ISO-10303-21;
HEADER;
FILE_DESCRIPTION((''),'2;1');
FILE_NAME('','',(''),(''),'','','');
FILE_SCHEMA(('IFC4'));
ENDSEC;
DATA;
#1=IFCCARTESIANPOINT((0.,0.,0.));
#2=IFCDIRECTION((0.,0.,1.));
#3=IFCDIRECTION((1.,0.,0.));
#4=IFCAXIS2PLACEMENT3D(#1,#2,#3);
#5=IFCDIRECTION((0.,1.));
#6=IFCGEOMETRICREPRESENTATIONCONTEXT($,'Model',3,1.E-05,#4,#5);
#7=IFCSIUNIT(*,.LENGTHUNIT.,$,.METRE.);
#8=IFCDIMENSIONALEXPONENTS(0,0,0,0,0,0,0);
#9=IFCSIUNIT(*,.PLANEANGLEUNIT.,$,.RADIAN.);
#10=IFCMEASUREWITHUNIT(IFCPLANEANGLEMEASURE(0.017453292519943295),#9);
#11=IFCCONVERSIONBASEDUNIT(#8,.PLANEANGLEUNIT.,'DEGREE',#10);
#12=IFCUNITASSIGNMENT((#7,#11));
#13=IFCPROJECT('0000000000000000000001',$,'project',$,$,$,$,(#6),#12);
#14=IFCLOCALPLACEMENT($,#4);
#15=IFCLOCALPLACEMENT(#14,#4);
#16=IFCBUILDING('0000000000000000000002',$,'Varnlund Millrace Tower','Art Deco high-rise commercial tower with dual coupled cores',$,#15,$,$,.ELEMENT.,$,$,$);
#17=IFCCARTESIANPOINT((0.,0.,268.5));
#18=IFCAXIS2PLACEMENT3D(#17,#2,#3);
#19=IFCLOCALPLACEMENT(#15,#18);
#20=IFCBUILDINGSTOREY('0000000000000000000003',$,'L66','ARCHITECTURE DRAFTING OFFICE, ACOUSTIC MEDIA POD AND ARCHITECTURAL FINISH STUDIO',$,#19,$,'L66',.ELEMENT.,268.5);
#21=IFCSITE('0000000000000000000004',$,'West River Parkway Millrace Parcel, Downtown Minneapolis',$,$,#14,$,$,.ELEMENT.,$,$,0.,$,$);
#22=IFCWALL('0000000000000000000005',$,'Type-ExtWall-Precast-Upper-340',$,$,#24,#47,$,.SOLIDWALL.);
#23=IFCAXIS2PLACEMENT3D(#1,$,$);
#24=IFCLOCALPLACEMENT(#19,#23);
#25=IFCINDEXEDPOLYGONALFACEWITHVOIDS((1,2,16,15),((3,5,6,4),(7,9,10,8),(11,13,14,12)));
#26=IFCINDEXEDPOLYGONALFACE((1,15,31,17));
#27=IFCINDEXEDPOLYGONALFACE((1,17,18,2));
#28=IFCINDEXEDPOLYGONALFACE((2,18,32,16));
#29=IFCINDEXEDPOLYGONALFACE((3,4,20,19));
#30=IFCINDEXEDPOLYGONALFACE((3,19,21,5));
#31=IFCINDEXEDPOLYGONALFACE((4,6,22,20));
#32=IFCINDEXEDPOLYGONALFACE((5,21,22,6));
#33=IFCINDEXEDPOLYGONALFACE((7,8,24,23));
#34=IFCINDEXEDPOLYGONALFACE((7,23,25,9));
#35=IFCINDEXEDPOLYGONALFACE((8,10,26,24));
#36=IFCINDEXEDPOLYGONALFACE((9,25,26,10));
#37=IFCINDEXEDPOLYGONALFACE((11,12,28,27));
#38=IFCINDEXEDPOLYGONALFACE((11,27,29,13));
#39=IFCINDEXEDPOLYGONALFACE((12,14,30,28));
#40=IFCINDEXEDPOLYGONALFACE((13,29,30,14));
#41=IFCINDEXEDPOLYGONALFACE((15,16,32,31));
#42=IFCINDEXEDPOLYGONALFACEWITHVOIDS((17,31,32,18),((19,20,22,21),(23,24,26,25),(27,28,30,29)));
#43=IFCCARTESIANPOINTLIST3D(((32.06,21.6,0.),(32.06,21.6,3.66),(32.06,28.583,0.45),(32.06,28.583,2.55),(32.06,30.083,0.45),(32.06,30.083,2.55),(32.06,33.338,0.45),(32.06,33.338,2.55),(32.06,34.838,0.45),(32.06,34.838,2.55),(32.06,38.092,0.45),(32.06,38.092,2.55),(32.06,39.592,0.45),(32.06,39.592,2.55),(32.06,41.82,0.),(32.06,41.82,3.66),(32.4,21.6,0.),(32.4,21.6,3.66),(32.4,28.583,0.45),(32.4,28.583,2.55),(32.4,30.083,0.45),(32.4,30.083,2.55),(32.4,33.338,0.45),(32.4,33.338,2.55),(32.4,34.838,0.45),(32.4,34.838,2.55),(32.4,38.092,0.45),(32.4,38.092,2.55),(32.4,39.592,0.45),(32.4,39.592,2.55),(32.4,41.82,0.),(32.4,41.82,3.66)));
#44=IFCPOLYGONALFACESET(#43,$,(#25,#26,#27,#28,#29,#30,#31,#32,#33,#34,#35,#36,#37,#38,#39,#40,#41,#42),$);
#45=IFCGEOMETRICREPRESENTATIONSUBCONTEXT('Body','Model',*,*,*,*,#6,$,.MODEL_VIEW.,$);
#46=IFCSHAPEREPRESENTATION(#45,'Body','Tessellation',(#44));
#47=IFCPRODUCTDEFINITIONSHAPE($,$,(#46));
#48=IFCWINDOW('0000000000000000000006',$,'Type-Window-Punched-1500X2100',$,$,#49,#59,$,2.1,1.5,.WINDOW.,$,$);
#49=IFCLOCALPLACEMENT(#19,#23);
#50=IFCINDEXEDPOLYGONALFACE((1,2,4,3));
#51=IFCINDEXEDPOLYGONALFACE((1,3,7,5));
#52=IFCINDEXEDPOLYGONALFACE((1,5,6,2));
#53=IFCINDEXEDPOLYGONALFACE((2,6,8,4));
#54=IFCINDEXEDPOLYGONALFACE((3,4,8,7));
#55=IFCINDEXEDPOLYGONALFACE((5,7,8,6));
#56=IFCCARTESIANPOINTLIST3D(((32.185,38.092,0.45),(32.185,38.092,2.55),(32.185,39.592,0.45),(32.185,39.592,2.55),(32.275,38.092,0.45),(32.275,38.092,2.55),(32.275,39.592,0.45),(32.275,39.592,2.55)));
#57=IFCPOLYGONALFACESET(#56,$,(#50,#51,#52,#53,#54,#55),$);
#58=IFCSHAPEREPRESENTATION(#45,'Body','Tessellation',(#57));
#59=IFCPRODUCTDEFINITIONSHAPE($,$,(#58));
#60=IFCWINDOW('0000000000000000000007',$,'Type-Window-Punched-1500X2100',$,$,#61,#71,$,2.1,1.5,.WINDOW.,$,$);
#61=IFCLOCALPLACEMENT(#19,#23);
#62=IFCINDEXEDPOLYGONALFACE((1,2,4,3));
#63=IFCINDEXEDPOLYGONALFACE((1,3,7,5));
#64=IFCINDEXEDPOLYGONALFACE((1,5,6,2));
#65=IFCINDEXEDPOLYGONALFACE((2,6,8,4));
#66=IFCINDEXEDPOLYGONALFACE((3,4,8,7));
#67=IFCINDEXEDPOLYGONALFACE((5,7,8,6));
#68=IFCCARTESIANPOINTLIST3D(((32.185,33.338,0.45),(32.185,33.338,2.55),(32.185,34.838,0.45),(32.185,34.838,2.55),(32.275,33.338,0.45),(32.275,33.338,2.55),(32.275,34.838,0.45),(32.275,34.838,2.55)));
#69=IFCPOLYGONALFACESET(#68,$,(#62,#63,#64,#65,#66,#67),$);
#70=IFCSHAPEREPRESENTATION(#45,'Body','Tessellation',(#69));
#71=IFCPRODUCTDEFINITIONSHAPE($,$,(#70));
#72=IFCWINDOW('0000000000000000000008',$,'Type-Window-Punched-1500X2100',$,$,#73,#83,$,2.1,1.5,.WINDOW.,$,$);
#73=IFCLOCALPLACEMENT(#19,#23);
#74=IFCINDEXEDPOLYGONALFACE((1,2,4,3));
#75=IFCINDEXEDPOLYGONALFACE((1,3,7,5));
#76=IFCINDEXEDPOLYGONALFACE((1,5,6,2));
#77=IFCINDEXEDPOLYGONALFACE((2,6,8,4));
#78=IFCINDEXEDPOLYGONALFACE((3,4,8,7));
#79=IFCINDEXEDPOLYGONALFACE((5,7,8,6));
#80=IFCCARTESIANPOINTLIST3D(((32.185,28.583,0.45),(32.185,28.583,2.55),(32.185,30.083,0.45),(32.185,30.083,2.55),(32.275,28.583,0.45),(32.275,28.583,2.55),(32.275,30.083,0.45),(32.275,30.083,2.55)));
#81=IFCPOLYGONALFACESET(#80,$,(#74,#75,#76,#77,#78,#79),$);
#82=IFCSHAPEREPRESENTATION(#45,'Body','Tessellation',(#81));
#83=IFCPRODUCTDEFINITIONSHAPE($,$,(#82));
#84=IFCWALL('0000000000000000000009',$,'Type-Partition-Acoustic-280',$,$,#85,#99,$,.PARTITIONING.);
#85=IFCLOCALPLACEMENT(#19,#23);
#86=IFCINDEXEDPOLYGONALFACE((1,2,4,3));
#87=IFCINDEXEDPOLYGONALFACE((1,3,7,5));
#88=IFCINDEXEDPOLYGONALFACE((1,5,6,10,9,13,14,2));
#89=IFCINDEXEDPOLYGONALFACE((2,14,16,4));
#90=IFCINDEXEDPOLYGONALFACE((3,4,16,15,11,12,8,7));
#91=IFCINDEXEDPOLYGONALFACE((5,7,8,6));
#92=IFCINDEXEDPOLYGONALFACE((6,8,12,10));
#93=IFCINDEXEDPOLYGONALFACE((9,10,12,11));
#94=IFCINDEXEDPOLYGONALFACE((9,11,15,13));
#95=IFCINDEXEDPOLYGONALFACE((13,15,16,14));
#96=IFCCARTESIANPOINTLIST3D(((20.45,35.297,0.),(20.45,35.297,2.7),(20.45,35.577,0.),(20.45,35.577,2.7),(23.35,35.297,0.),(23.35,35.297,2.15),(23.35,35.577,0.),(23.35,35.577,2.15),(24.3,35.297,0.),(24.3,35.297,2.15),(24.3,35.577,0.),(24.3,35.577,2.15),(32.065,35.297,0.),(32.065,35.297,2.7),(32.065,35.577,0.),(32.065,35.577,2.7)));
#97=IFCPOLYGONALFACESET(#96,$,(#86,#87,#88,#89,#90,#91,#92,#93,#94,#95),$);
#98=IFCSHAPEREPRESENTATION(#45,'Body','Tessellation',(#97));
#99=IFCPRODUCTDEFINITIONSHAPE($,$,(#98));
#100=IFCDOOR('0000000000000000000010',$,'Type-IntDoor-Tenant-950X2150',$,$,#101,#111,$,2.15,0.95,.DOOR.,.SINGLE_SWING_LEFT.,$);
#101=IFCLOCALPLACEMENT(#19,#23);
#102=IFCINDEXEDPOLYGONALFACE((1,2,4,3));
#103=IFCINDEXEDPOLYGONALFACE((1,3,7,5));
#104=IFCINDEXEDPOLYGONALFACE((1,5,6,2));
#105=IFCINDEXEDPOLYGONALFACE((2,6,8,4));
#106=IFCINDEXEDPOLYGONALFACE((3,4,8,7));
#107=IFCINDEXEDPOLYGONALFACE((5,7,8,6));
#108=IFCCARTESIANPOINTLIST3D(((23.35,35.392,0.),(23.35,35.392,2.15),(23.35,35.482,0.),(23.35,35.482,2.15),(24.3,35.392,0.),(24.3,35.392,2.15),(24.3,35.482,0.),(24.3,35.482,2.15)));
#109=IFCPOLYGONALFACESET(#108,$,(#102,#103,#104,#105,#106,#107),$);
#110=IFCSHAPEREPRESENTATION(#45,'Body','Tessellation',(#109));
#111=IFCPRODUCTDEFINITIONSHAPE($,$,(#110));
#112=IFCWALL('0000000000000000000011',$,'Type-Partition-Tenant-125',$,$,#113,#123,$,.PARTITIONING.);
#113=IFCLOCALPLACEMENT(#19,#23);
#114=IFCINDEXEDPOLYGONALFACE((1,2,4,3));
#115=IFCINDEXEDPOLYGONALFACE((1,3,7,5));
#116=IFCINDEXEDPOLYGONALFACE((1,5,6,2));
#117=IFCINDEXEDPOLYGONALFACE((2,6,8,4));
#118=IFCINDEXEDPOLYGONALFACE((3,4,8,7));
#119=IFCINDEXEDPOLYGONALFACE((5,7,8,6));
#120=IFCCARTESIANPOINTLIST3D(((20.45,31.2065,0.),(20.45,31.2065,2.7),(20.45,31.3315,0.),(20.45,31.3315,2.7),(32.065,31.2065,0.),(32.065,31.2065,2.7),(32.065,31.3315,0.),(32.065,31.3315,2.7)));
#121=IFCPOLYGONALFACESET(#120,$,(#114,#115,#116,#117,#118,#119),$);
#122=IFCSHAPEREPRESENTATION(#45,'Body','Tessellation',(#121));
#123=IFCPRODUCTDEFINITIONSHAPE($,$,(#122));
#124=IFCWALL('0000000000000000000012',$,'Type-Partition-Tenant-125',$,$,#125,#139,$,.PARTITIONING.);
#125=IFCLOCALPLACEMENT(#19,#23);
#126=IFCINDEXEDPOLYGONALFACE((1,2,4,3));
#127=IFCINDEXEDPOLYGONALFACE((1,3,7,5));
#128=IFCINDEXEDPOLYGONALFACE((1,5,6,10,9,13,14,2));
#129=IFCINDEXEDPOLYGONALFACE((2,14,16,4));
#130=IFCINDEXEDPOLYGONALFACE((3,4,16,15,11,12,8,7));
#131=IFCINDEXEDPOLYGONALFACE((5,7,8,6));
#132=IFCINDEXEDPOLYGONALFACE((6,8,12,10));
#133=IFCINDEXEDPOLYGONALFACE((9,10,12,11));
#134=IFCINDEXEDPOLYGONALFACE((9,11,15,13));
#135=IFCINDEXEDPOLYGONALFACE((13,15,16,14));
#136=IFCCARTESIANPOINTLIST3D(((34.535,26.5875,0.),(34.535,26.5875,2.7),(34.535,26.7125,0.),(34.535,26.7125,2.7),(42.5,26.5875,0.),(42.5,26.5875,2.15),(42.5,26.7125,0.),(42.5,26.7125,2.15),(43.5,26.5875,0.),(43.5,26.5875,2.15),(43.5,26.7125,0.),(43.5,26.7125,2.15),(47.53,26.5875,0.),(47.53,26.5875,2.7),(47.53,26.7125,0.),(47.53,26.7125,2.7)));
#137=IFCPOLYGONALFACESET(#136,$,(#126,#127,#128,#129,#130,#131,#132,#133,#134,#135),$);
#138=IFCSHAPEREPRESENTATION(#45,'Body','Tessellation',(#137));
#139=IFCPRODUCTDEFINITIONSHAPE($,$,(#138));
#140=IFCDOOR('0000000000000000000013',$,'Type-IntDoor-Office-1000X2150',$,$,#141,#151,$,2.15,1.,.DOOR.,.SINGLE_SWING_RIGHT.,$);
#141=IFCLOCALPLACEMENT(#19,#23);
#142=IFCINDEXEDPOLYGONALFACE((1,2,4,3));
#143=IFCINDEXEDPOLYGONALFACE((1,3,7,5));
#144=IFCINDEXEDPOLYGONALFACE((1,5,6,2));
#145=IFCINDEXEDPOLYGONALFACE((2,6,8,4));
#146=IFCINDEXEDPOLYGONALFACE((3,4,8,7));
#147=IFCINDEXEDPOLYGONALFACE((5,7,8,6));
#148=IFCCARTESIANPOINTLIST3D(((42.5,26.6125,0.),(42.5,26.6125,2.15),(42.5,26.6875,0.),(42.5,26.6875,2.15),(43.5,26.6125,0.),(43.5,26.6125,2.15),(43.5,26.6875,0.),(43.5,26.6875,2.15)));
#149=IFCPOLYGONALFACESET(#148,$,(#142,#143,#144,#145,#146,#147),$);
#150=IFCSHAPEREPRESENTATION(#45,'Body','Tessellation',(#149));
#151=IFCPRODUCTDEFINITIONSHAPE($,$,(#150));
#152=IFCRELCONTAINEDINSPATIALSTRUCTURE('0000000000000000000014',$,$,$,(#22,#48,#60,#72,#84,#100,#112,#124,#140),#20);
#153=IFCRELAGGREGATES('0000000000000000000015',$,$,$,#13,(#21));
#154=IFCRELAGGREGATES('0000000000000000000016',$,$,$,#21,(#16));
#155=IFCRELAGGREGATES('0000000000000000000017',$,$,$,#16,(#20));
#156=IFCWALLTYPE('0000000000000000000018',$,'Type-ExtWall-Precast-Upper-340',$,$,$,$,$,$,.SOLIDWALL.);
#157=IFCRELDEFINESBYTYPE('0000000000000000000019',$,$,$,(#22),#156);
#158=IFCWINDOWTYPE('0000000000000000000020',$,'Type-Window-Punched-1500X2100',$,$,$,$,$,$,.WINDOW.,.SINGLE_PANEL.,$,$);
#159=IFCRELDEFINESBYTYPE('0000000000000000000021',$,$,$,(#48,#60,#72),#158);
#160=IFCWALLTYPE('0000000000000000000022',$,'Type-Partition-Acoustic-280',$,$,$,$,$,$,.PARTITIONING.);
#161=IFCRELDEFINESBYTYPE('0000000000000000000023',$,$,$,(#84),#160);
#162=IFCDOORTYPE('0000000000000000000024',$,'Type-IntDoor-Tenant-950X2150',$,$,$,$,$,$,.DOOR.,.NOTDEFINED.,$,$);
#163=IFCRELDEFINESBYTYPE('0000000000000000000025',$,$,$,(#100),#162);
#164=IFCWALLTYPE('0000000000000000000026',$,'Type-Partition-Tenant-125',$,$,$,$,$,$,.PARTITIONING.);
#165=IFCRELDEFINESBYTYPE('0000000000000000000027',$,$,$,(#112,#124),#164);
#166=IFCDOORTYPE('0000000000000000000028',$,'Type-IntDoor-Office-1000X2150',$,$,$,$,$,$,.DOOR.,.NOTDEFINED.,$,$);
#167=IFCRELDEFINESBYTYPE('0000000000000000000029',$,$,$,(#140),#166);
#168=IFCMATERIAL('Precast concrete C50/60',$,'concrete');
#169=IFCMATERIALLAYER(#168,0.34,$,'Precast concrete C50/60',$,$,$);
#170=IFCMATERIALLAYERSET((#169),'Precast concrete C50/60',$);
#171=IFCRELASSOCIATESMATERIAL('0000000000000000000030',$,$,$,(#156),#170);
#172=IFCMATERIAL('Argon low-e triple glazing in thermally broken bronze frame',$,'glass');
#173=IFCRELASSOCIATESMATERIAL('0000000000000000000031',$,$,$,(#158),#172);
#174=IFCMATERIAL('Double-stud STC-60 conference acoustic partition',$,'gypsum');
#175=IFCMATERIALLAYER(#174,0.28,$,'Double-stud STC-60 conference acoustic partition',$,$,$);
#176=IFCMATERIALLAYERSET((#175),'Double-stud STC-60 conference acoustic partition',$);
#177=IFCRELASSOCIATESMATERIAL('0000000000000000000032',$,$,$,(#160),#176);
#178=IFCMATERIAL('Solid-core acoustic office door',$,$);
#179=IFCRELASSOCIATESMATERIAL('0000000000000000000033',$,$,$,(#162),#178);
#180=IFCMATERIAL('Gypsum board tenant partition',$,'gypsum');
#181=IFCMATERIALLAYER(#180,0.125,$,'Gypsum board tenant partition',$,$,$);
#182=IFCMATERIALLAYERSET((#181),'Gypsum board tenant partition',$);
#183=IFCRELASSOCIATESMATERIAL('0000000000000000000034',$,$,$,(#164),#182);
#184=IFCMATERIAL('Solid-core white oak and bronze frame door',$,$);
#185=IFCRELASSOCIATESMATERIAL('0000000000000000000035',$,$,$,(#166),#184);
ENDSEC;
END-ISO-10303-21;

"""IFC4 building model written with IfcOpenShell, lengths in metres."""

from ifc_helpers import new_model, entity, si_unit, converted_unit, direction, frame, origin_with_axes, origin_2d_with_axis, place, context, subcontext, project, spatial, polyline, rectangle, outline, extrude, material, layer, layer_set, type_object, element, fill, save


model = new_model("IFC4")

# Units and contexts
model_context = context("Model", 3, precision=1e-05, world=origin_with_axes(), true_north=direction((0.0, 1.0)))
body_context = subcontext(model_context, "Body", "Model", "MODEL_VIEW")
ifc_project = project(units=[si_unit("LENGTHUNIT", "METRE"), converted_unit("PLANEANGLEUNIT", "DEGREE", entity("IfcPlaneAngleMeasure", 0.017453292519943295), si_unit("PLANEANGLEUNIT", "RADIAN"), dimensions=[0, 0, 0, 0, 0, 0, 0])], contexts=[model_context])

# Site, building, storey
site_placement = place(None, origin_with_axes())
site = spatial("IfcSite", under=ifc_project, at=site_placement, Name="West River Parkway Millrace Parcel, Downtown Minneapolis", CompositionType="ELEMENT", RefElevation=0.0)
building_placement = place(site_placement, origin_with_axes())
building = spatial("IfcBuilding", under=site, at=building_placement, Name="Varnlund Millrace Tower", Description="Art Deco high-rise commercial tower with dual coupled cores", CompositionType="ELEMENT")
storey_placement = place(building_placement, frame((0.0, 0.0, 268.5), z_axis=(0.0, 0.0, 1.0), x_axis=(1.0, 0.0, 0.0)))
storey = spatial("IfcBuildingStorey", under=building, at=storey_placement, Name="L66", Description="ARCHITECTURE DRAFTING OFFICE, ACOUSTIC MEDIA POD AND ARCHITECTURAL FINISH STUDIO", LongName="L66", CompositionType="ELEMENT", Elevation=268.5)

# Shared definitions
ifc_material_1 = material(Name="Precast concrete C50/60", Category="concrete")
ifc_layer_1 = layer(ifc_material_1, 0.34, Name="Precast concrete C50/60")
ifc_layer_set_1 = layer_set([ifc_layer_1], Name="Precast concrete C50/60")
wall_type_1 = type_object("IfcWallType", Name="Type-ExtWall-Precast-Upper-340", PredefinedType="SOLIDWALL", material=ifc_layer_set_1)
ifc_material_2 = material(Name="Argon low-e triple glazing in thermally broken bronze frame", Category="glass")
window_type = type_object("IfcWindowType", Name="Type-Window-Punched-1500X2100", PartitioningType="SINGLE_PANEL", PredefinedType="WINDOW", material=ifc_material_2)

# Wall, openings, windows
wall_1_placement = place(storey_placement, frame((32.23, 41.82, 0.0), z_axis=(0.0, 0.0, 1.0), x_axis=(0.0, -1.0, 0.0)))
wall_1 = element("IfcWall", 1, at=wall_1_placement, inside=storey, type_object=wall_type_1, Name="Type-ExtWall-Precast-Upper-340", PredefinedType="SOLIDWALL", context=body_context, shape_type="SweptSolid", body=[
    extrude(outline(polyline([(0.0, -0.17), (20.22, -0.17), (20.22, 0.17), (0.0, 0.17), (0.0, -0.17)])), origin_with_axes(), (0.0, 0.0, 1.0), 3.66),
])
opening_1_placement = place(wall_1_placement, frame((2.978, 0.0, 0.45), z_axis=(0.0, 0.0, 1.0), x_axis=(1.0, 0.0, 0.0)))
opening_1 = element("IfcOpeningElement", 2, at=opening_1_placement, cuts=wall_1, PredefinedType="OPENING", context=body_context, shape_type="SweptSolid", body=[
    extrude(rectangle(XDim=1.5, YDim=0.36, at=origin_2d_with_axis()), origin_with_axes(), (0.0, 0.0, 1.0), 2.1),
])
opening_2_placement = place(wall_1_placement, frame((7.732, 0.0, 0.45), z_axis=(0.0, 0.0, 1.0), x_axis=(1.0, 0.0, 0.0)))
opening_2 = element("IfcOpeningElement", 3, at=opening_2_placement, cuts=wall_1, PredefinedType="OPENING", context=body_context, shape_type="SweptSolid", body=[
    extrude(rectangle(XDim=1.5, YDim=0.36, at=origin_2d_with_axis()), origin_with_axes(), (0.0, 0.0, 1.0), 2.1),
])
opening_3_placement = place(wall_1_placement, frame((12.487, 0.0, 0.45), z_axis=(0.0, 0.0, 1.0), x_axis=(1.0, 0.0, 0.0)))
opening_3 = element("IfcOpeningElement", 4, at=opening_3_placement, cuts=wall_1, PredefinedType="OPENING", context=body_context, shape_type="SweptSolid", body=[
    extrude(rectangle(XDim=1.5, YDim=0.36, at=origin_2d_with_axis()), origin_with_axes(), (0.0, 0.0, 1.0), 2.1),
])
window_1_placement = place(wall_1_placement, frame((2.978, 0.0, 0.45), z_axis=(0.0, 0.0, 1.0), x_axis=(1.0, 0.0, 0.0)))
window_1 = element("IfcWindow", 5, at=window_1_placement, inside=storey, type_object=window_type, Name="Type-Window-Punched-1500X2100", OverallHeight=2.1, OverallWidth=1.5, PredefinedType="WINDOW", context=body_context, shape_type="SweptSolid", body=[
    extrude(rectangle(XDim=1.5, YDim=0.09, at=origin_2d_with_axis()), origin_with_axes(), (0.0, 0.0, 1.0), 2.1),
])
fill(opening_1, window_1)
window_2_placement = place(wall_1_placement, frame((7.732, 0.0, 0.45), z_axis=(0.0, 0.0, 1.0), x_axis=(1.0, 0.0, 0.0)))
window_2 = element("IfcWindow", 6, at=window_2_placement, inside=storey, type_object=window_type, Name="Type-Window-Punched-1500X2100", OverallHeight=2.1, OverallWidth=1.5, PredefinedType="WINDOW", context=body_context, shape_type="SweptSolid", body=[
    extrude(rectangle(XDim=1.5, YDim=0.09, at=origin_2d_with_axis()), origin_with_axes(), (0.0, 0.0, 1.0), 2.1),
])
fill(opening_2, window_2)
window_3_placement = place(wall_1_placement, frame((12.487, 0.0, 0.45), z_axis=(0.0, 0.0, 1.0), x_axis=(1.0, 0.0, 0.0)))
window_3 = element("IfcWindow", 7, at=window_3_placement, inside=storey, type_object=window_type, Name="Type-Window-Punched-1500X2100", OverallHeight=2.1, OverallWidth=1.5, PredefinedType="WINDOW", context=body_context, shape_type="SweptSolid", body=[
    extrude(rectangle(XDim=1.5, YDim=0.09, at=origin_2d_with_axis()), origin_with_axes(), (0.0, 0.0, 1.0), 2.1),
])
fill(opening_3, window_3)

# Wall, opening, door
ifc_material_3 = material(Name="Double-stud STC-60 conference acoustic partition", Category="gypsum")
ifc_layer_2 = layer(ifc_material_3, 0.28, Name="Double-stud STC-60 conference acoustic partition")
ifc_layer_set_2 = layer_set([ifc_layer_2], Name="Double-stud STC-60 conference acoustic partition")
wall_type_2 = type_object("IfcWallType", Name="Type-Partition-Acoustic-280", PredefinedType="PARTITIONING", material=ifc_layer_set_2)
wall_2_placement = place(storey_placement, frame((20.45, 35.437, 0.0), z_axis=(0.0, 0.0, 1.0), x_axis=(1.0, 0.0, 0.0)))
wall_2 = element("IfcWall", 8, at=wall_2_placement, inside=storey, type_object=wall_type_2, Name="Type-Partition-Acoustic-280", PredefinedType="PARTITIONING", context=body_context, shape_type="SweptSolid", body=[
    extrude(outline(polyline([(0.0, -0.14), (11.615, -0.14), (11.615, 0.14), (0.0, 0.14), (0.0, -0.14)])), origin_with_axes(), (0.0, 0.0, 1.0), 2.7),
])
opening_4_placement = place(wall_2_placement, frame((3.375, 0.0, 0.0), z_axis=(0.0, 0.0, 1.0), x_axis=(1.0, 0.0, 0.0)))
opening_4 = element("IfcOpeningElement", 9, at=opening_4_placement, cuts=wall_2, PredefinedType="OPENING", context=body_context, shape_type="SweptSolid", body=[
    extrude(rectangle(XDim=0.95, YDim=0.3, at=origin_2d_with_axis()), origin_with_axes(), (0.0, 0.0, 1.0), 2.15),
])
ifc_material_4 = material(Name="Solid-core acoustic office door")
door_type_1 = type_object("IfcDoorType", Name="Type-IntDoor-Tenant-950X2150", OperationType="NOTDEFINED", PredefinedType="DOOR", material=ifc_material_4)
door_1_placement = place(wall_2_placement, frame((3.375, 0.0, 0.0), z_axis=(0.0, 0.0, 1.0), x_axis=(1.0, 0.0, 0.0)))
door_1 = element("IfcDoor", 10, at=door_1_placement, inside=storey, type_object=door_type_1, Name="Type-IntDoor-Tenant-950X2150", OperationType="SINGLE_SWING_LEFT", OverallHeight=2.15, OverallWidth=0.95, PredefinedType="DOOR", context=body_context, shape_type="SweptSolid", body=[
    extrude(rectangle(XDim=0.95, YDim=0.09, at=origin_2d_with_axis()), origin_with_axes(), (0.0, 0.0, 1.0), 2.15),
])
fill(opening_4, door_1)

# Wall
ifc_material_5 = material(Name="Gypsum board tenant partition", Category="gypsum")
ifc_layer_3 = layer(ifc_material_5, 0.125, Name="Gypsum board tenant partition")
ifc_layer_set_3 = layer_set([ifc_layer_3], Name="Gypsum board tenant partition")
wall_type_3 = type_object("IfcWallType", Name="Type-Partition-Tenant-125", PredefinedType="PARTITIONING", material=ifc_layer_set_3)
wall_3_placement = place(storey_placement, frame((20.45, 31.269, 0.0), z_axis=(0.0, 0.0, 1.0), x_axis=(1.0, 0.0, 0.0)))
element("IfcWall", 11, at=wall_3_placement, inside=storey, type_object=wall_type_3, Name="Type-Partition-Tenant-125", PredefinedType="PARTITIONING", context=body_context, shape_type="SweptSolid", body=[
    extrude(outline(polyline([(0.0, -0.0625), (11.615, -0.0625), (11.615, 0.0625), (0.0, 0.0625), (0.0, -0.0625)])), origin_with_axes(), (0.0, 0.0, 1.0), 2.7),
])

# Wall, opening, door
wall_4_placement = place(storey_placement, frame((34.535, 26.65, 0.0), z_axis=(0.0, 0.0, 1.0), x_axis=(1.0, 0.0, 0.0)))
wall_4 = element("IfcWall", 12, at=wall_4_placement, inside=storey, type_object=wall_type_3, Name="Type-Partition-Tenant-125", PredefinedType="PARTITIONING", context=body_context, shape_type="SweptSolid", body=[
    extrude(outline(polyline([(0.0, -0.0625), (12.995, -0.0625), (12.995, 0.0625), (0.0, 0.0625), (0.0, -0.0625)])), origin_with_axes(), (0.0, 0.0, 1.0), 2.7),
])
opening_5_placement = place(wall_4_placement, frame((8.465, 0.0, 0.0), z_axis=(0.0, 0.0, 1.0), x_axis=(1.0, 0.0, 0.0)))
opening_5 = element("IfcOpeningElement", 13, at=opening_5_placement, cuts=wall_4, PredefinedType="OPENING", context=body_context, shape_type="SweptSolid", body=[
    extrude(rectangle(XDim=1.0, YDim=0.145, at=origin_2d_with_axis()), origin_with_axes(), (0.0, 0.0, 1.0), 2.15),
])
ifc_material_6 = material(Name="Solid-core white oak and bronze frame door")
door_type_2 = type_object("IfcDoorType", Name="Type-IntDoor-Office-1000X2150", OperationType="NOTDEFINED", PredefinedType="DOOR", material=ifc_material_6)
door_2_placement = place(wall_4_placement, frame((8.465, 0.0, 0.0), z_axis=(0.0, 0.0, 1.0), x_axis=(1.0, 0.0, 0.0)))
door_2 = element("IfcDoor", 14, at=door_2_placement, inside=storey, type_object=door_type_2, Name="Type-IntDoor-Office-1000X2150", OperationType="SINGLE_SWING_RIGHT", OverallHeight=2.15, OverallWidth=1.0, PredefinedType="DOOR", context=body_context, shape_type="SweptSolid", body=[
    extrude(rectangle(XDim=1.0, YDim=0.075, at=origin_2d_with_axis()), origin_with_axes(), (0.0, 0.0, 1.0), 2.15),
])
fill(opening_5, door_2)

save(model, "model.ifc")
